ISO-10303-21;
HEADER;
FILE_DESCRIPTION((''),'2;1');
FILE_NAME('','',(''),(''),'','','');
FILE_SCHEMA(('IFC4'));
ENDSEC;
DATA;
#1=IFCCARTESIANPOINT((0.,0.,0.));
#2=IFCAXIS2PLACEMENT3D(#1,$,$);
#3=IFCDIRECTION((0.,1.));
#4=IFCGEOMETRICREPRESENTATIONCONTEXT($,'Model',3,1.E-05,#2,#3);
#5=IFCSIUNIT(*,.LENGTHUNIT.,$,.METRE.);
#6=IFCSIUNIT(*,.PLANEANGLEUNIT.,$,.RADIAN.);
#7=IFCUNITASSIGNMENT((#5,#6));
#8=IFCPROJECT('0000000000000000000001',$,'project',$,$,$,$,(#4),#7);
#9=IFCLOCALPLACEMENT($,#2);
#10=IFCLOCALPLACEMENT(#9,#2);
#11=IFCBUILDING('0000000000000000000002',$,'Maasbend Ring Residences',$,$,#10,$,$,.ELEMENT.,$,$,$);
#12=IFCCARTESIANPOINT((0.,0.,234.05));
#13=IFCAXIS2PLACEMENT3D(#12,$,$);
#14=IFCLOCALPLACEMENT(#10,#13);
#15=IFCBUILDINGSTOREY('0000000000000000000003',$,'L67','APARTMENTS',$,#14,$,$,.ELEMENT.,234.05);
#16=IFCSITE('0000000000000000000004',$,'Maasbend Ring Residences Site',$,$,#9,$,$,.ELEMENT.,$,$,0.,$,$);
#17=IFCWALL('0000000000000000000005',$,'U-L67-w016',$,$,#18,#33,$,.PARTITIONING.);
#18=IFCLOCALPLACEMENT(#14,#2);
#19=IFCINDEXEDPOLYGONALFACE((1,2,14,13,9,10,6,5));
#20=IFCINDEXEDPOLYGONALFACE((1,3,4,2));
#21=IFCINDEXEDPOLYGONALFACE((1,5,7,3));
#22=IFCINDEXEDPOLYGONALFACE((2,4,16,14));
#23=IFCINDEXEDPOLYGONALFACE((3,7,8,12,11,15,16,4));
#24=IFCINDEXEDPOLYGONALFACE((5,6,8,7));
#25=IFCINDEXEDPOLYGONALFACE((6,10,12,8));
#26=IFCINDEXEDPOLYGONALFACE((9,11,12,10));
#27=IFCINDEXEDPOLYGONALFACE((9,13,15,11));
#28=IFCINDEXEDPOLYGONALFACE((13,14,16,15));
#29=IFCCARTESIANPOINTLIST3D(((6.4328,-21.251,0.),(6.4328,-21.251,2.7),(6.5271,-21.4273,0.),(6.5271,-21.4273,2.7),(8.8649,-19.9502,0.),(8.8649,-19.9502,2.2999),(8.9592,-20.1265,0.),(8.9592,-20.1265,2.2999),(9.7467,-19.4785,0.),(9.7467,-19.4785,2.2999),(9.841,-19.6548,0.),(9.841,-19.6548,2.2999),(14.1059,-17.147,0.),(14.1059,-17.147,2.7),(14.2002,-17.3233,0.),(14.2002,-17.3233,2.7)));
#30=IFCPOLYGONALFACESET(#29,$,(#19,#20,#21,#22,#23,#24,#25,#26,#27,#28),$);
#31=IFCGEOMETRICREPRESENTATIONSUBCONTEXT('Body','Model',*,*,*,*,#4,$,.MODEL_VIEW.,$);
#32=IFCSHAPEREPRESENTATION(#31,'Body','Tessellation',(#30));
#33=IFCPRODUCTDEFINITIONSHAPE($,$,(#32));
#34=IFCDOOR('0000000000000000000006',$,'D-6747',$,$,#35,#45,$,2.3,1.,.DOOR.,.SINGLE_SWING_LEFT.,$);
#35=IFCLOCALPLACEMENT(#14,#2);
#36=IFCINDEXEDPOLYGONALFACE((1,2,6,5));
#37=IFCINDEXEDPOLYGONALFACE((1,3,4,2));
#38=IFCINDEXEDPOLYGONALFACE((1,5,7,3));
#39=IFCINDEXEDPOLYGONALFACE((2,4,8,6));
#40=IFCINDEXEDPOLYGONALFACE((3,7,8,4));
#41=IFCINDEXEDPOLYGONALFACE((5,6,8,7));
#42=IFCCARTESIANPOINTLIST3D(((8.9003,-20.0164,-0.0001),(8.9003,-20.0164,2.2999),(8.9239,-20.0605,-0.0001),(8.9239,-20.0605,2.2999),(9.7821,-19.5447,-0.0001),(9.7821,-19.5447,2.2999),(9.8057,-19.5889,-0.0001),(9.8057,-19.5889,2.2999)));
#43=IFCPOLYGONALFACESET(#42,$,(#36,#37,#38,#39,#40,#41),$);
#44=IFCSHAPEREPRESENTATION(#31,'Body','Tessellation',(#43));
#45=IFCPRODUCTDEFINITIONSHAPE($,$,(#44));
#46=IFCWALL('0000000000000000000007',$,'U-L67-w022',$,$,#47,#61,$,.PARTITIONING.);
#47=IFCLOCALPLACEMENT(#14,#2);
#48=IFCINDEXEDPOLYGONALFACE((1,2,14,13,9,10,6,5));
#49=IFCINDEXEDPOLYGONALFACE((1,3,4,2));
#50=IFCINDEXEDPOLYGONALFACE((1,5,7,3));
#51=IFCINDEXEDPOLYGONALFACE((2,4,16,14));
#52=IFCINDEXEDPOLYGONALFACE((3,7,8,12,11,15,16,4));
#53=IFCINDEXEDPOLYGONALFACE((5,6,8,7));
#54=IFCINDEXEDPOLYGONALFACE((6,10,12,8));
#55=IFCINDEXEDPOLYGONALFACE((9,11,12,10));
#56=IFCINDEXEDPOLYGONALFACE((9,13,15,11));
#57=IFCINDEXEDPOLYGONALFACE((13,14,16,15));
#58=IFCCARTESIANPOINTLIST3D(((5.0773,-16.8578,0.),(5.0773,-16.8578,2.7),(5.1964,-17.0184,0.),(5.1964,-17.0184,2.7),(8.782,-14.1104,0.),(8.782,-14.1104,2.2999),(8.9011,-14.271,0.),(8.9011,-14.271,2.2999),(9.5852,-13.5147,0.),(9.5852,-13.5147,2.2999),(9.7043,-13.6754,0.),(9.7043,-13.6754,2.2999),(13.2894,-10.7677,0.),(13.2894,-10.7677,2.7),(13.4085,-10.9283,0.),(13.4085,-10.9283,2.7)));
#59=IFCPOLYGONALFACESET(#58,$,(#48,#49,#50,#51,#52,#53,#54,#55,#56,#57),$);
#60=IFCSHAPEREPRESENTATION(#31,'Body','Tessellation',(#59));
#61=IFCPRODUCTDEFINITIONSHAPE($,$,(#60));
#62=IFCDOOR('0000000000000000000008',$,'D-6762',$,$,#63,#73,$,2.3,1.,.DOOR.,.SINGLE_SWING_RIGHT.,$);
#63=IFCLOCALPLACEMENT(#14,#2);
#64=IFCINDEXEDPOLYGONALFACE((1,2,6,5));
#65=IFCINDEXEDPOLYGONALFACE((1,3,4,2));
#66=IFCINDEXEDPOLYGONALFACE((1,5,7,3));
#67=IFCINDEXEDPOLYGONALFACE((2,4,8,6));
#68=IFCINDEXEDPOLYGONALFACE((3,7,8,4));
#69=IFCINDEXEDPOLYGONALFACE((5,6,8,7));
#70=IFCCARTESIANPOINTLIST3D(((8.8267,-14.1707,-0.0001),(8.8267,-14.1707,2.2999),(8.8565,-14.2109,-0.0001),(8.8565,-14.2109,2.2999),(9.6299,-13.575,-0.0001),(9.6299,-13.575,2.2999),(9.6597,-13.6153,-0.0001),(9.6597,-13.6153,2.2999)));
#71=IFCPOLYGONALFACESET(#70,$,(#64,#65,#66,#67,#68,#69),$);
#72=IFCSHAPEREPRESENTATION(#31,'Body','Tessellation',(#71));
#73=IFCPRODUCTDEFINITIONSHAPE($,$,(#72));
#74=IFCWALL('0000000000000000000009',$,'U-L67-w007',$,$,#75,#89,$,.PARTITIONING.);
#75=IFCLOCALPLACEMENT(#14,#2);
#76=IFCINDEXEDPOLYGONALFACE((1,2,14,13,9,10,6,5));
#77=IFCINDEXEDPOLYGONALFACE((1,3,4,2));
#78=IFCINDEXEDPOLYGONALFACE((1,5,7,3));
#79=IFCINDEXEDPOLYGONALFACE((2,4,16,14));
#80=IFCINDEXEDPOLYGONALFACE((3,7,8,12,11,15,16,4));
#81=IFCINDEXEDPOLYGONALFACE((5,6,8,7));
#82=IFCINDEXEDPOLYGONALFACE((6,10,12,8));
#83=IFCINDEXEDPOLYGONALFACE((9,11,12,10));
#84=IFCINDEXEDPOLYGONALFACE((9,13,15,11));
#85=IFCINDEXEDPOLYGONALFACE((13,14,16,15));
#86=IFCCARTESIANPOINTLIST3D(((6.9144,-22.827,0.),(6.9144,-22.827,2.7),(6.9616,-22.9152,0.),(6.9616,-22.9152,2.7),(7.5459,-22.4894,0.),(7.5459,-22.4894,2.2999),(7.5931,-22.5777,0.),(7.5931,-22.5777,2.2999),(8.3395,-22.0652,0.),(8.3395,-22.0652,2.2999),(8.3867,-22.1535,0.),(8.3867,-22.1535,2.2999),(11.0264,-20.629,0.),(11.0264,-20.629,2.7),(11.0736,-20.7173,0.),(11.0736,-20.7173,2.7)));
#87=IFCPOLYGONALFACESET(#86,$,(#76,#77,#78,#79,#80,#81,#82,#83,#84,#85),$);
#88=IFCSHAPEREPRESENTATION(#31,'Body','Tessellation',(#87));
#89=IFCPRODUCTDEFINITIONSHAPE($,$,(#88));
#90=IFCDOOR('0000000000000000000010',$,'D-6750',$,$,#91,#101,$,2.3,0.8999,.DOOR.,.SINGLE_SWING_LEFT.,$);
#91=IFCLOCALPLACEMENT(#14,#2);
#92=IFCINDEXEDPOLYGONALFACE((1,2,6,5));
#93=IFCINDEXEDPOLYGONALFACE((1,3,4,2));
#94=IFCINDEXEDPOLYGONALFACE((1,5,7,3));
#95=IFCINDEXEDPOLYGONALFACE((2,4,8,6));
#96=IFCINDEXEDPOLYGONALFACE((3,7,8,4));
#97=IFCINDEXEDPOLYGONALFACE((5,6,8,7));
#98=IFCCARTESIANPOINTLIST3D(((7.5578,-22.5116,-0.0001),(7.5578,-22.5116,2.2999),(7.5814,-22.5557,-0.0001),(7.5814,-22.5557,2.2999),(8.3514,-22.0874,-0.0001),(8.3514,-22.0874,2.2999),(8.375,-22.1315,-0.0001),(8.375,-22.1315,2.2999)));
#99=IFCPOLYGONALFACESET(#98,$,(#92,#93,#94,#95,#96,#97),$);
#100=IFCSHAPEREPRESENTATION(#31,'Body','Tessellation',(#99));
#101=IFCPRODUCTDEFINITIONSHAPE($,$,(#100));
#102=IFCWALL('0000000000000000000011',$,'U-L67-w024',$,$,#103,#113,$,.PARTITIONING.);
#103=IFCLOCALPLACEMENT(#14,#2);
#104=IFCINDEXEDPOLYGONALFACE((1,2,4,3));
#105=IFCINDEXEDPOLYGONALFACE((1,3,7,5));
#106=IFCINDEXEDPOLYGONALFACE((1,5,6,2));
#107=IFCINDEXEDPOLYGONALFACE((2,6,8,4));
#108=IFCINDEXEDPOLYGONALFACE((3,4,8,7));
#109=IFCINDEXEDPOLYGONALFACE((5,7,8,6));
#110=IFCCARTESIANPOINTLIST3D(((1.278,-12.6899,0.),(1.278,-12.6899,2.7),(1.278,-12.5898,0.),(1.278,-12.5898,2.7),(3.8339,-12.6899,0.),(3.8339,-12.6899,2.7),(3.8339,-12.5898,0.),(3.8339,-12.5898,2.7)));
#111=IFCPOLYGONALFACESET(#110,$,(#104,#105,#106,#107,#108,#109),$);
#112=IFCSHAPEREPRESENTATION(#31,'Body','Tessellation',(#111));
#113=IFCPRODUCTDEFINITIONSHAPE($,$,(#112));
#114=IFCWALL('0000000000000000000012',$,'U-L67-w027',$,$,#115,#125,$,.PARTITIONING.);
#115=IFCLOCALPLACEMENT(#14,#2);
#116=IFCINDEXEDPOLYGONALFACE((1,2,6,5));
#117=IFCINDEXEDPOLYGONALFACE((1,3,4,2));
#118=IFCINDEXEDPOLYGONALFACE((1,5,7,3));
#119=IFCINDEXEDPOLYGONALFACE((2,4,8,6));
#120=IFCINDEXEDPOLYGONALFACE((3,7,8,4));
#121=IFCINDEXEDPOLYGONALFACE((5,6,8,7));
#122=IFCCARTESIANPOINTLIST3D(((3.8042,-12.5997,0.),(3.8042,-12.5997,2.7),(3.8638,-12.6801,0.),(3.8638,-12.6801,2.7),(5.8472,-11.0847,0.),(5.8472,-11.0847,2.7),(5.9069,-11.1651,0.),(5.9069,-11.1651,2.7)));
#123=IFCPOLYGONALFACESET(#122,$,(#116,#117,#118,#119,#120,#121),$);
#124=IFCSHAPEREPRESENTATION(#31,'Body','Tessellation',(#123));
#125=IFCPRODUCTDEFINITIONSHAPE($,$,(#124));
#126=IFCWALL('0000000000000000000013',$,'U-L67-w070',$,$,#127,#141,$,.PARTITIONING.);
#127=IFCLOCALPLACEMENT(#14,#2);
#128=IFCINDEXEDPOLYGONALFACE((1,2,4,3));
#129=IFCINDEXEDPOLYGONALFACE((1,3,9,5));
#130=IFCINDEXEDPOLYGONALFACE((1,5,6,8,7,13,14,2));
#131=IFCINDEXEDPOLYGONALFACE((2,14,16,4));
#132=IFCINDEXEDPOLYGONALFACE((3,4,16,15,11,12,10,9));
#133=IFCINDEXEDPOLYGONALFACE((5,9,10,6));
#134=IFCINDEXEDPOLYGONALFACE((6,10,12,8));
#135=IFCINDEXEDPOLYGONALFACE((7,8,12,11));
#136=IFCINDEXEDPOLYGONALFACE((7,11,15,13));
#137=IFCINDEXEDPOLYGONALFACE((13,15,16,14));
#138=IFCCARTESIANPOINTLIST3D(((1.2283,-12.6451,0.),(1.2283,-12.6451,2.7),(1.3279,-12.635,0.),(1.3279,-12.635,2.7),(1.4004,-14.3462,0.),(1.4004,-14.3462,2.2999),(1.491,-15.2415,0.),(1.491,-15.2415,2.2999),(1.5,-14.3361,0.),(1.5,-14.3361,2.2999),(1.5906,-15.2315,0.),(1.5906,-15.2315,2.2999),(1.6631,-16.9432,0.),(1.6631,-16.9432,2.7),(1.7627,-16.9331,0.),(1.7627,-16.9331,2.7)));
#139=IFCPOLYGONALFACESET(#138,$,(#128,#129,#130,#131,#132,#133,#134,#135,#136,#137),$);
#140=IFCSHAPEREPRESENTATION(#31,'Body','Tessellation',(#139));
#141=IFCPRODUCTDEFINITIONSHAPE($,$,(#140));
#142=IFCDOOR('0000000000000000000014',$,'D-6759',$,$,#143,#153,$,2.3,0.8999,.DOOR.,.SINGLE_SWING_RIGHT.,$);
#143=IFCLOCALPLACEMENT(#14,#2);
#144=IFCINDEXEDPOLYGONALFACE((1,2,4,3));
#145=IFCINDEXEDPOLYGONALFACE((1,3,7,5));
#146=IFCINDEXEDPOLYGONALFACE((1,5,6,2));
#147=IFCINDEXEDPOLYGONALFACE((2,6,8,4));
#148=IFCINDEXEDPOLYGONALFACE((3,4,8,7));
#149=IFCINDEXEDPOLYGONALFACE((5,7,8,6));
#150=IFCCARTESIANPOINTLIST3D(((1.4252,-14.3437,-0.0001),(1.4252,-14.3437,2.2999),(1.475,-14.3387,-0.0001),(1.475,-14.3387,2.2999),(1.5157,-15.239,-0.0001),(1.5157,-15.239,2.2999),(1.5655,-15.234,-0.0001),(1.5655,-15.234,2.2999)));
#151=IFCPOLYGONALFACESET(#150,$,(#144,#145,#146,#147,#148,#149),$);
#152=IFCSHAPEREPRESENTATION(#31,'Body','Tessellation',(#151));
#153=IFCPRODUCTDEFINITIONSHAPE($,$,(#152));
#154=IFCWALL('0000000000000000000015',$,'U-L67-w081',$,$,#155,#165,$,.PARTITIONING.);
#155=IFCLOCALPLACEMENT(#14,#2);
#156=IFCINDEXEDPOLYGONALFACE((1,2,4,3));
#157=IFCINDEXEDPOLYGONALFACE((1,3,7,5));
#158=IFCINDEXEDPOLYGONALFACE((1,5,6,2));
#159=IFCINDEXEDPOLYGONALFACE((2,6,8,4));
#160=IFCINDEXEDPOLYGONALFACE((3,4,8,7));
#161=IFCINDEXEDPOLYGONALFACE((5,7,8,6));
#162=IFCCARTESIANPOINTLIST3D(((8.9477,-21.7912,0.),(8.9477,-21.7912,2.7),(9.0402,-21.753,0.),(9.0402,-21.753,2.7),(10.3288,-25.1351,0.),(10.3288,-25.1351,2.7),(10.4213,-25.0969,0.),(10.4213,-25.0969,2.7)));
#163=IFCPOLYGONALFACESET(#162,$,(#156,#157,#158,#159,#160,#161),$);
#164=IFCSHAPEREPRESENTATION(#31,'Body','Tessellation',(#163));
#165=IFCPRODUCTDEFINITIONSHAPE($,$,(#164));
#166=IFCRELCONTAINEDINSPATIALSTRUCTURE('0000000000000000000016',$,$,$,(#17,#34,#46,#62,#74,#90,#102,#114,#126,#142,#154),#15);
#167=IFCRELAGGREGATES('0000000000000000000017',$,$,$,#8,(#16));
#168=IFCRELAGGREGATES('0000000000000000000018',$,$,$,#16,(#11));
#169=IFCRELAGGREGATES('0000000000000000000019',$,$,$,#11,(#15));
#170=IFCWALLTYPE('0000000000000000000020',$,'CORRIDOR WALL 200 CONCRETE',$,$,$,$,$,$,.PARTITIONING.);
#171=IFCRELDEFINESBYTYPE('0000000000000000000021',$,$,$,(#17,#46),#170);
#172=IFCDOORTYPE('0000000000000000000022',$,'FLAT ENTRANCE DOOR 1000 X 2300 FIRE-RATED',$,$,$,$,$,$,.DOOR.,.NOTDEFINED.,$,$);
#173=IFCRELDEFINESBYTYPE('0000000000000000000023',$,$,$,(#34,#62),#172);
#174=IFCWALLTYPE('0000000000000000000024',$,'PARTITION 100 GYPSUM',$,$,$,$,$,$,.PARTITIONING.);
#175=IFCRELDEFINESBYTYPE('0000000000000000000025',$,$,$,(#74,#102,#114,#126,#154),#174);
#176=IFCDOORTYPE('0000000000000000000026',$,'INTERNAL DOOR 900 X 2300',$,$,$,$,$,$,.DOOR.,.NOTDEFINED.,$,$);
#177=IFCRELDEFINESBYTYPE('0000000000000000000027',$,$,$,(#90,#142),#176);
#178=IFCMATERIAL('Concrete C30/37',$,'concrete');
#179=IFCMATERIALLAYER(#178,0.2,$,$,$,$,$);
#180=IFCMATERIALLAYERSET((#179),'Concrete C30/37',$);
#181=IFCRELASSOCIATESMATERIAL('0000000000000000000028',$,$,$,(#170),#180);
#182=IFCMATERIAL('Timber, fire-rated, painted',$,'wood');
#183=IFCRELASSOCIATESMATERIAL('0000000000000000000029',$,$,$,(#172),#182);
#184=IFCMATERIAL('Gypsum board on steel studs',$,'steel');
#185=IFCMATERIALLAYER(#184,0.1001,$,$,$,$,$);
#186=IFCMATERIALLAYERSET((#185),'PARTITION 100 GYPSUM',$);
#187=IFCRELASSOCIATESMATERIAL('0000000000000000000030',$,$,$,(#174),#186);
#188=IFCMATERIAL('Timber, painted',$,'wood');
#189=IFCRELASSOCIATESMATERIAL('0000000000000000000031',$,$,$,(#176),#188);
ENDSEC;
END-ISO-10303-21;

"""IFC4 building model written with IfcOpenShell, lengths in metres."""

from ifc_helpers import new_model, si_unit, direction, frame, frame_2d, origin, place, context, subcontext, project, spatial, rectangle, extrude, material, layer, layer_set, type_object, element, fill, save


model = new_model("IFC4")

# Units and contexts
model_context = context("Model", 3, precision=1e-05, world=origin(), true_north=direction((0.0, 1.0)))
body_context = subcontext(model_context, "Body", "Model", "MODEL_VIEW")
ifc_project = project(units=[si_unit("LENGTHUNIT", "METRE"), si_unit("PLANEANGLEUNIT", "RADIAN")], contexts=[model_context])

# Site, building, storey
site_placement = place(None, origin())
site = spatial("IfcSite", under=ifc_project, at=site_placement, Name="Maasbend Ring Residences Site", CompositionType="ELEMENT", RefElevation=0.0)
building_placement = place(site_placement, origin())
building = spatial("IfcBuilding", under=site, at=building_placement, Name="Maasbend Ring Residences", CompositionType="ELEMENT")
storey_placement = place(building_placement, frame((0.0, 0.0, 234.05)))
storey = spatial("IfcBuildingStorey", under=building, at=storey_placement, Name="L67", Description="APARTMENTS", CompositionType="ELEMENT", Elevation=234.05)

# Walls, openings, doors
ifc_material_1 = material(Name="Concrete C30/37", Category="concrete")
ifc_layer_1 = layer(ifc_material_1, 0.2)
ifc_layer_set_1 = layer_set([ifc_layer_1], Name="Concrete C30/37")
wall_type_1 = type_object("IfcWallType", Name="CORRIDOR WALL 200 CONCRETE", PredefinedType="PARTITIONING", material=ifc_layer_set_1)
wall_1_placement = place(storey_placement, frame((6.48, -21.3391, 0.0), z_axis=(0.0, 0.0, 1.0), x_axis=(0.881795, 0.471633, 0.0)))
wall_1 = element("IfcWall", 1, at=wall_1_placement, inside=storey, type_object=wall_type_1, Name="U-L67-w016", PredefinedType="PARTITIONING", context=body_context, shape_type="SweptSolid", body=[
    extrude(rectangle(XDim=8.7017, YDim=0.2, at=frame_2d((4.3508, 0.0))), origin(), (0.0, 0.0, 1.0), 2.7),
])
opening_1_placement = place(wall_1_placement, frame((2.7581, 0.0, 0.0)))
opening_1 = element("IfcOpeningElement", 2, at=opening_1_placement, cuts=wall_1, PredefinedType="OPENING", context=body_context, shape_type="SweptSolid", body=[
    extrude(rectangle(XDim=1.0, YDim=2.3, at=frame_2d((0.5, 1.1499))), frame((0.0, 0.1099, 0.0), z_axis=(0.0, -1.0, 0.0), x_axis=(1.0, 0.0, 0.0)), (0.0, 0.0, 1.0), 0.22),
])
ifc_material_2 = material(Name="Timber, fire-rated, painted", Category="wood")
door_type_1 = type_object("IfcDoorType", Name="FLAT ENTRANCE DOOR 1000 X 2300 FIRE-RATED", OperationType="NOTDEFINED", PredefinedType="DOOR", material=ifc_material_2)
door_1_placement = place(opening_1_placement, origin())
door_1 = element("IfcDoor", 3, at=door_1_placement, inside=storey, type_object=door_type_1, Name="D-6747", OperationType="SINGLE_SWING_LEFT", OverallHeight=2.3, OverallWidth=1.0, PredefinedType="DOOR", context=body_context, shape_type="SweptSolid", body=[
    extrude(rectangle(XDim=1.0, YDim=2.3, at=frame_2d((0.5, 1.1499))), frame((0.0, 0.0249, 0.0), z_axis=(0.0, -1.0, 0.0), x_axis=(1.0, 0.0, 0.0)), (0.0, 0.0, 1.0), 0.05),
])
fill(opening_1, door_1)
wall_2_placement = place(storey_placement, frame((5.137, -16.938, 0.0), z_axis=(0.0, 0.0, 1.0), x_axis=(0.803229, 0.59567, 0.0)))
wall_2 = element("IfcWall", 4, at=wall_2_placement, inside=storey, type_object=wall_type_1, Name="U-L67-w022", PredefinedType="PARTITIONING", context=body_context, shape_type="SweptSolid", body=[
    extrude(rectangle(XDim=10.2239, YDim=0.2, at=frame_2d((5.1118, 0.0))), origin(), (0.0, 0.0, 1.0), 2.7),
])
opening_2_placement = place(wall_2_placement, frame((4.6121, 0.0, 0.0)))
opening_2 = element("IfcOpeningElement", 5, at=opening_2_placement, cuts=wall_2, PredefinedType="OPENING", context=body_context, shape_type="SweptSolid", body=[
    extrude(rectangle(XDim=1.0, YDim=2.3, at=frame_2d((0.5, 1.1499))), frame((0.0, 0.1099, 0.0), z_axis=(0.0, -1.0, 0.0), x_axis=(1.0, 0.0, 0.0)), (0.0, 0.0, 1.0), 0.22),
])
door_2_placement = place(opening_2_placement, origin())
door_2 = element("IfcDoor", 6, at=door_2_placement, inside=storey, type_object=door_type_1, Name="D-6762", OperationType="SINGLE_SWING_RIGHT", OverallHeight=2.3, OverallWidth=1.0, PredefinedType="DOOR", context=body_context, shape_type="SweptSolid", body=[
    extrude(rectangle(XDim=1.0, YDim=2.3, at=frame_2d((0.5, 1.1499))), frame((0.0, 0.0249, 0.0), z_axis=(0.0, -1.0, 0.0), x_axis=(1.0, 0.0, 0.0)), (0.0, 0.0, 1.0), 0.05),
])
fill(opening_2, door_2)
ifc_material_3 = material(Name="Gypsum board on steel studs", Category="steel")
ifc_layer_2 = layer(ifc_material_3, 0.1001)
ifc_layer_set_2 = layer_set([ifc_layer_2], Name="PARTITION 100 GYPSUM")
wall_type_2 = type_object("IfcWallType", Name="PARTITION 100 GYPSUM", PredefinedType="PARTITIONING", material=ifc_layer_set_2)
wall_3_placement = place(storey_placement, frame((6.938, -22.8711, 0.0), z_axis=(0.0, 0.0, 1.0), x_axis=(0.881916, 0.471406, 0.0)))
wall_3 = element("IfcWall", 7, at=wall_3_placement, inside=storey, type_object=wall_type_2, Name="U-L67-w007", PredefinedType="PARTITIONING", context=body_context, shape_type="SweptSolid", body=[
    extrude(rectangle(XDim=4.6626, YDim=0.1001, at=frame_2d((2.3313, 0.0))), origin(), (0.0, 0.0, 1.0), 2.7),
])
opening_3_placement = place(wall_3_placement, frame((0.7161, 0.0, 0.0)))
opening_3 = element("IfcOpeningElement", 8, at=opening_3_placement, cuts=wall_3, PredefinedType="OPENING", context=body_context, shape_type="SweptSolid", body=[
    extrude(rectangle(XDim=0.8999, YDim=2.3, at=frame_2d((0.45, 1.1499))), frame((0.0, 0.0601, 0.0), z_axis=(0.0, -1.0, 0.0), x_axis=(1.0, 0.0, 0.0)), (0.0, 0.0, 1.0), 0.1201),
])
ifc_material_4 = material(Name="Timber, painted", Category="wood")
door_type_2 = type_object("IfcDoorType", Name="INTERNAL DOOR 900 X 2300", OperationType="NOTDEFINED", PredefinedType="DOOR", material=ifc_material_4)
door_3_placement = place(opening_3_placement, origin())
door_3 = element("IfcDoor", 9, at=door_3_placement, inside=storey, type_object=door_type_2, Name="D-6750", OperationType="SINGLE_SWING_LEFT", OverallHeight=2.3, OverallWidth=0.8999, PredefinedType="DOOR", context=body_context, shape_type="SweptSolid", body=[
    extrude(rectangle(XDim=0.8999, YDim=2.3, at=frame_2d((0.45, 1.1499))), frame((0.0, 0.0249, 0.0), z_axis=(0.0, -1.0, 0.0), x_axis=(1.0, 0.0, 0.0)), (0.0, 0.0, 1.0), 0.05),
])
fill(opening_3, door_3)

# Walls
wall_4_placement = place(storey_placement, frame((1.2781, -12.6399, 0.0), z_axis=(0.0, 0.0, 1.0), x_axis=(1.0, 0.0, 0.0)))
element("IfcWall", 10, at=wall_4_placement, inside=storey, type_object=wall_type_2, Name="U-L67-w024", PredefinedType="PARTITIONING", context=body_context, shape_type="SweptSolid", body=[
    extrude(rectangle(XDim=2.5559, YDim=0.1001, at=frame_2d((1.2778, 0.0))), origin(), (0.0, 0.0, 1.0), 2.7),
])
wall_5_placement = place(storey_placement, frame((3.834, -12.6399, 0.0), z_axis=(0.0, 0.0, 1.0), x_axis=(0.80326, 0.595629, 0.0)))
element("IfcWall", 11, at=wall_5_placement, inside=storey, type_object=wall_type_2, Name="U-L67-w027", PredefinedType="PARTITIONING", context=body_context, shape_type="SweptSolid", body=[
    extrude(rectangle(XDim=2.5435, YDim=0.1001, at=frame_2d((1.2717, 0.0))), origin(), (0.0, 0.0, 1.0), 2.7),
])

# Wall, opening, door
wall_6_placement = place(storey_placement, frame((1.2781, -12.6399, 0.0), z_axis=(0.0, 0.0, 1.0), x_axis=(0.100651, -0.994922, 0.0)))
wall_6 = element("IfcWall", 12, at=wall_6_placement, inside=storey, type_object=wall_type_2, Name="U-L67-w070", PredefinedType="PARTITIONING", context=body_context, shape_type="SweptSolid", body=[
    extrude(rectangle(XDim=4.3201, YDim=0.1001, at=frame_2d((2.1602, 0.0))), origin(), (0.0, 0.0, 1.0), 2.7),
])
opening_4_placement = place(wall_6_placement, frame((1.71, 0.0, 0.0)))
opening_4 = element("IfcOpeningElement", 13, at=opening_4_placement, cuts=wall_6, PredefinedType="OPENING", context=body_context, shape_type="SweptSolid", body=[
    extrude(rectangle(XDim=0.8999, YDim=2.3, at=frame_2d((0.45, 1.1499))), frame((0.0, 0.0601, 0.0), z_axis=(0.0, -1.0, 0.0), x_axis=(1.0, 0.0, 0.0)), (0.0, 0.0, 1.0), 0.1201),
])
door_4_placement = place(opening_4_placement, origin())
door_4 = element("IfcDoor", 14, at=door_4_placement, inside=storey, type_object=door_type_2, Name="D-6759", OperationType="SINGLE_SWING_RIGHT", OverallHeight=2.3, OverallWidth=0.8999, PredefinedType="DOOR", context=body_context, shape_type="SweptSolid", body=[
    extrude(rectangle(XDim=0.8999, YDim=2.3, at=frame_2d((0.45, 1.1499))), frame((0.0, 0.0249, 0.0), z_axis=(0.0, -1.0, 0.0), x_axis=(1.0, 0.0, 0.0)), (0.0, 0.0, 1.0), 0.05),
])
fill(opening_4, door_4)

# Wall
wall_7_placement = place(storey_placement, frame((8.9939, -21.772, 0.0), z_axis=(0.0, 0.0, 1.0), x_axis=(0.381734, -0.924272, 0.0)))
element("IfcWall", 15, at=wall_7_placement, inside=storey, type_object=wall_type_2, Name="U-L67-w081", PredefinedType="PARTITIONING", context=body_context, shape_type="SweptSolid", body=[
    extrude(rectangle(XDim=3.6179, YDim=0.1001, at=frame_2d((1.8091, 0.0))), origin(), (0.0, 0.0, 1.0), 2.7),
])

save(model, "model.ifc")
